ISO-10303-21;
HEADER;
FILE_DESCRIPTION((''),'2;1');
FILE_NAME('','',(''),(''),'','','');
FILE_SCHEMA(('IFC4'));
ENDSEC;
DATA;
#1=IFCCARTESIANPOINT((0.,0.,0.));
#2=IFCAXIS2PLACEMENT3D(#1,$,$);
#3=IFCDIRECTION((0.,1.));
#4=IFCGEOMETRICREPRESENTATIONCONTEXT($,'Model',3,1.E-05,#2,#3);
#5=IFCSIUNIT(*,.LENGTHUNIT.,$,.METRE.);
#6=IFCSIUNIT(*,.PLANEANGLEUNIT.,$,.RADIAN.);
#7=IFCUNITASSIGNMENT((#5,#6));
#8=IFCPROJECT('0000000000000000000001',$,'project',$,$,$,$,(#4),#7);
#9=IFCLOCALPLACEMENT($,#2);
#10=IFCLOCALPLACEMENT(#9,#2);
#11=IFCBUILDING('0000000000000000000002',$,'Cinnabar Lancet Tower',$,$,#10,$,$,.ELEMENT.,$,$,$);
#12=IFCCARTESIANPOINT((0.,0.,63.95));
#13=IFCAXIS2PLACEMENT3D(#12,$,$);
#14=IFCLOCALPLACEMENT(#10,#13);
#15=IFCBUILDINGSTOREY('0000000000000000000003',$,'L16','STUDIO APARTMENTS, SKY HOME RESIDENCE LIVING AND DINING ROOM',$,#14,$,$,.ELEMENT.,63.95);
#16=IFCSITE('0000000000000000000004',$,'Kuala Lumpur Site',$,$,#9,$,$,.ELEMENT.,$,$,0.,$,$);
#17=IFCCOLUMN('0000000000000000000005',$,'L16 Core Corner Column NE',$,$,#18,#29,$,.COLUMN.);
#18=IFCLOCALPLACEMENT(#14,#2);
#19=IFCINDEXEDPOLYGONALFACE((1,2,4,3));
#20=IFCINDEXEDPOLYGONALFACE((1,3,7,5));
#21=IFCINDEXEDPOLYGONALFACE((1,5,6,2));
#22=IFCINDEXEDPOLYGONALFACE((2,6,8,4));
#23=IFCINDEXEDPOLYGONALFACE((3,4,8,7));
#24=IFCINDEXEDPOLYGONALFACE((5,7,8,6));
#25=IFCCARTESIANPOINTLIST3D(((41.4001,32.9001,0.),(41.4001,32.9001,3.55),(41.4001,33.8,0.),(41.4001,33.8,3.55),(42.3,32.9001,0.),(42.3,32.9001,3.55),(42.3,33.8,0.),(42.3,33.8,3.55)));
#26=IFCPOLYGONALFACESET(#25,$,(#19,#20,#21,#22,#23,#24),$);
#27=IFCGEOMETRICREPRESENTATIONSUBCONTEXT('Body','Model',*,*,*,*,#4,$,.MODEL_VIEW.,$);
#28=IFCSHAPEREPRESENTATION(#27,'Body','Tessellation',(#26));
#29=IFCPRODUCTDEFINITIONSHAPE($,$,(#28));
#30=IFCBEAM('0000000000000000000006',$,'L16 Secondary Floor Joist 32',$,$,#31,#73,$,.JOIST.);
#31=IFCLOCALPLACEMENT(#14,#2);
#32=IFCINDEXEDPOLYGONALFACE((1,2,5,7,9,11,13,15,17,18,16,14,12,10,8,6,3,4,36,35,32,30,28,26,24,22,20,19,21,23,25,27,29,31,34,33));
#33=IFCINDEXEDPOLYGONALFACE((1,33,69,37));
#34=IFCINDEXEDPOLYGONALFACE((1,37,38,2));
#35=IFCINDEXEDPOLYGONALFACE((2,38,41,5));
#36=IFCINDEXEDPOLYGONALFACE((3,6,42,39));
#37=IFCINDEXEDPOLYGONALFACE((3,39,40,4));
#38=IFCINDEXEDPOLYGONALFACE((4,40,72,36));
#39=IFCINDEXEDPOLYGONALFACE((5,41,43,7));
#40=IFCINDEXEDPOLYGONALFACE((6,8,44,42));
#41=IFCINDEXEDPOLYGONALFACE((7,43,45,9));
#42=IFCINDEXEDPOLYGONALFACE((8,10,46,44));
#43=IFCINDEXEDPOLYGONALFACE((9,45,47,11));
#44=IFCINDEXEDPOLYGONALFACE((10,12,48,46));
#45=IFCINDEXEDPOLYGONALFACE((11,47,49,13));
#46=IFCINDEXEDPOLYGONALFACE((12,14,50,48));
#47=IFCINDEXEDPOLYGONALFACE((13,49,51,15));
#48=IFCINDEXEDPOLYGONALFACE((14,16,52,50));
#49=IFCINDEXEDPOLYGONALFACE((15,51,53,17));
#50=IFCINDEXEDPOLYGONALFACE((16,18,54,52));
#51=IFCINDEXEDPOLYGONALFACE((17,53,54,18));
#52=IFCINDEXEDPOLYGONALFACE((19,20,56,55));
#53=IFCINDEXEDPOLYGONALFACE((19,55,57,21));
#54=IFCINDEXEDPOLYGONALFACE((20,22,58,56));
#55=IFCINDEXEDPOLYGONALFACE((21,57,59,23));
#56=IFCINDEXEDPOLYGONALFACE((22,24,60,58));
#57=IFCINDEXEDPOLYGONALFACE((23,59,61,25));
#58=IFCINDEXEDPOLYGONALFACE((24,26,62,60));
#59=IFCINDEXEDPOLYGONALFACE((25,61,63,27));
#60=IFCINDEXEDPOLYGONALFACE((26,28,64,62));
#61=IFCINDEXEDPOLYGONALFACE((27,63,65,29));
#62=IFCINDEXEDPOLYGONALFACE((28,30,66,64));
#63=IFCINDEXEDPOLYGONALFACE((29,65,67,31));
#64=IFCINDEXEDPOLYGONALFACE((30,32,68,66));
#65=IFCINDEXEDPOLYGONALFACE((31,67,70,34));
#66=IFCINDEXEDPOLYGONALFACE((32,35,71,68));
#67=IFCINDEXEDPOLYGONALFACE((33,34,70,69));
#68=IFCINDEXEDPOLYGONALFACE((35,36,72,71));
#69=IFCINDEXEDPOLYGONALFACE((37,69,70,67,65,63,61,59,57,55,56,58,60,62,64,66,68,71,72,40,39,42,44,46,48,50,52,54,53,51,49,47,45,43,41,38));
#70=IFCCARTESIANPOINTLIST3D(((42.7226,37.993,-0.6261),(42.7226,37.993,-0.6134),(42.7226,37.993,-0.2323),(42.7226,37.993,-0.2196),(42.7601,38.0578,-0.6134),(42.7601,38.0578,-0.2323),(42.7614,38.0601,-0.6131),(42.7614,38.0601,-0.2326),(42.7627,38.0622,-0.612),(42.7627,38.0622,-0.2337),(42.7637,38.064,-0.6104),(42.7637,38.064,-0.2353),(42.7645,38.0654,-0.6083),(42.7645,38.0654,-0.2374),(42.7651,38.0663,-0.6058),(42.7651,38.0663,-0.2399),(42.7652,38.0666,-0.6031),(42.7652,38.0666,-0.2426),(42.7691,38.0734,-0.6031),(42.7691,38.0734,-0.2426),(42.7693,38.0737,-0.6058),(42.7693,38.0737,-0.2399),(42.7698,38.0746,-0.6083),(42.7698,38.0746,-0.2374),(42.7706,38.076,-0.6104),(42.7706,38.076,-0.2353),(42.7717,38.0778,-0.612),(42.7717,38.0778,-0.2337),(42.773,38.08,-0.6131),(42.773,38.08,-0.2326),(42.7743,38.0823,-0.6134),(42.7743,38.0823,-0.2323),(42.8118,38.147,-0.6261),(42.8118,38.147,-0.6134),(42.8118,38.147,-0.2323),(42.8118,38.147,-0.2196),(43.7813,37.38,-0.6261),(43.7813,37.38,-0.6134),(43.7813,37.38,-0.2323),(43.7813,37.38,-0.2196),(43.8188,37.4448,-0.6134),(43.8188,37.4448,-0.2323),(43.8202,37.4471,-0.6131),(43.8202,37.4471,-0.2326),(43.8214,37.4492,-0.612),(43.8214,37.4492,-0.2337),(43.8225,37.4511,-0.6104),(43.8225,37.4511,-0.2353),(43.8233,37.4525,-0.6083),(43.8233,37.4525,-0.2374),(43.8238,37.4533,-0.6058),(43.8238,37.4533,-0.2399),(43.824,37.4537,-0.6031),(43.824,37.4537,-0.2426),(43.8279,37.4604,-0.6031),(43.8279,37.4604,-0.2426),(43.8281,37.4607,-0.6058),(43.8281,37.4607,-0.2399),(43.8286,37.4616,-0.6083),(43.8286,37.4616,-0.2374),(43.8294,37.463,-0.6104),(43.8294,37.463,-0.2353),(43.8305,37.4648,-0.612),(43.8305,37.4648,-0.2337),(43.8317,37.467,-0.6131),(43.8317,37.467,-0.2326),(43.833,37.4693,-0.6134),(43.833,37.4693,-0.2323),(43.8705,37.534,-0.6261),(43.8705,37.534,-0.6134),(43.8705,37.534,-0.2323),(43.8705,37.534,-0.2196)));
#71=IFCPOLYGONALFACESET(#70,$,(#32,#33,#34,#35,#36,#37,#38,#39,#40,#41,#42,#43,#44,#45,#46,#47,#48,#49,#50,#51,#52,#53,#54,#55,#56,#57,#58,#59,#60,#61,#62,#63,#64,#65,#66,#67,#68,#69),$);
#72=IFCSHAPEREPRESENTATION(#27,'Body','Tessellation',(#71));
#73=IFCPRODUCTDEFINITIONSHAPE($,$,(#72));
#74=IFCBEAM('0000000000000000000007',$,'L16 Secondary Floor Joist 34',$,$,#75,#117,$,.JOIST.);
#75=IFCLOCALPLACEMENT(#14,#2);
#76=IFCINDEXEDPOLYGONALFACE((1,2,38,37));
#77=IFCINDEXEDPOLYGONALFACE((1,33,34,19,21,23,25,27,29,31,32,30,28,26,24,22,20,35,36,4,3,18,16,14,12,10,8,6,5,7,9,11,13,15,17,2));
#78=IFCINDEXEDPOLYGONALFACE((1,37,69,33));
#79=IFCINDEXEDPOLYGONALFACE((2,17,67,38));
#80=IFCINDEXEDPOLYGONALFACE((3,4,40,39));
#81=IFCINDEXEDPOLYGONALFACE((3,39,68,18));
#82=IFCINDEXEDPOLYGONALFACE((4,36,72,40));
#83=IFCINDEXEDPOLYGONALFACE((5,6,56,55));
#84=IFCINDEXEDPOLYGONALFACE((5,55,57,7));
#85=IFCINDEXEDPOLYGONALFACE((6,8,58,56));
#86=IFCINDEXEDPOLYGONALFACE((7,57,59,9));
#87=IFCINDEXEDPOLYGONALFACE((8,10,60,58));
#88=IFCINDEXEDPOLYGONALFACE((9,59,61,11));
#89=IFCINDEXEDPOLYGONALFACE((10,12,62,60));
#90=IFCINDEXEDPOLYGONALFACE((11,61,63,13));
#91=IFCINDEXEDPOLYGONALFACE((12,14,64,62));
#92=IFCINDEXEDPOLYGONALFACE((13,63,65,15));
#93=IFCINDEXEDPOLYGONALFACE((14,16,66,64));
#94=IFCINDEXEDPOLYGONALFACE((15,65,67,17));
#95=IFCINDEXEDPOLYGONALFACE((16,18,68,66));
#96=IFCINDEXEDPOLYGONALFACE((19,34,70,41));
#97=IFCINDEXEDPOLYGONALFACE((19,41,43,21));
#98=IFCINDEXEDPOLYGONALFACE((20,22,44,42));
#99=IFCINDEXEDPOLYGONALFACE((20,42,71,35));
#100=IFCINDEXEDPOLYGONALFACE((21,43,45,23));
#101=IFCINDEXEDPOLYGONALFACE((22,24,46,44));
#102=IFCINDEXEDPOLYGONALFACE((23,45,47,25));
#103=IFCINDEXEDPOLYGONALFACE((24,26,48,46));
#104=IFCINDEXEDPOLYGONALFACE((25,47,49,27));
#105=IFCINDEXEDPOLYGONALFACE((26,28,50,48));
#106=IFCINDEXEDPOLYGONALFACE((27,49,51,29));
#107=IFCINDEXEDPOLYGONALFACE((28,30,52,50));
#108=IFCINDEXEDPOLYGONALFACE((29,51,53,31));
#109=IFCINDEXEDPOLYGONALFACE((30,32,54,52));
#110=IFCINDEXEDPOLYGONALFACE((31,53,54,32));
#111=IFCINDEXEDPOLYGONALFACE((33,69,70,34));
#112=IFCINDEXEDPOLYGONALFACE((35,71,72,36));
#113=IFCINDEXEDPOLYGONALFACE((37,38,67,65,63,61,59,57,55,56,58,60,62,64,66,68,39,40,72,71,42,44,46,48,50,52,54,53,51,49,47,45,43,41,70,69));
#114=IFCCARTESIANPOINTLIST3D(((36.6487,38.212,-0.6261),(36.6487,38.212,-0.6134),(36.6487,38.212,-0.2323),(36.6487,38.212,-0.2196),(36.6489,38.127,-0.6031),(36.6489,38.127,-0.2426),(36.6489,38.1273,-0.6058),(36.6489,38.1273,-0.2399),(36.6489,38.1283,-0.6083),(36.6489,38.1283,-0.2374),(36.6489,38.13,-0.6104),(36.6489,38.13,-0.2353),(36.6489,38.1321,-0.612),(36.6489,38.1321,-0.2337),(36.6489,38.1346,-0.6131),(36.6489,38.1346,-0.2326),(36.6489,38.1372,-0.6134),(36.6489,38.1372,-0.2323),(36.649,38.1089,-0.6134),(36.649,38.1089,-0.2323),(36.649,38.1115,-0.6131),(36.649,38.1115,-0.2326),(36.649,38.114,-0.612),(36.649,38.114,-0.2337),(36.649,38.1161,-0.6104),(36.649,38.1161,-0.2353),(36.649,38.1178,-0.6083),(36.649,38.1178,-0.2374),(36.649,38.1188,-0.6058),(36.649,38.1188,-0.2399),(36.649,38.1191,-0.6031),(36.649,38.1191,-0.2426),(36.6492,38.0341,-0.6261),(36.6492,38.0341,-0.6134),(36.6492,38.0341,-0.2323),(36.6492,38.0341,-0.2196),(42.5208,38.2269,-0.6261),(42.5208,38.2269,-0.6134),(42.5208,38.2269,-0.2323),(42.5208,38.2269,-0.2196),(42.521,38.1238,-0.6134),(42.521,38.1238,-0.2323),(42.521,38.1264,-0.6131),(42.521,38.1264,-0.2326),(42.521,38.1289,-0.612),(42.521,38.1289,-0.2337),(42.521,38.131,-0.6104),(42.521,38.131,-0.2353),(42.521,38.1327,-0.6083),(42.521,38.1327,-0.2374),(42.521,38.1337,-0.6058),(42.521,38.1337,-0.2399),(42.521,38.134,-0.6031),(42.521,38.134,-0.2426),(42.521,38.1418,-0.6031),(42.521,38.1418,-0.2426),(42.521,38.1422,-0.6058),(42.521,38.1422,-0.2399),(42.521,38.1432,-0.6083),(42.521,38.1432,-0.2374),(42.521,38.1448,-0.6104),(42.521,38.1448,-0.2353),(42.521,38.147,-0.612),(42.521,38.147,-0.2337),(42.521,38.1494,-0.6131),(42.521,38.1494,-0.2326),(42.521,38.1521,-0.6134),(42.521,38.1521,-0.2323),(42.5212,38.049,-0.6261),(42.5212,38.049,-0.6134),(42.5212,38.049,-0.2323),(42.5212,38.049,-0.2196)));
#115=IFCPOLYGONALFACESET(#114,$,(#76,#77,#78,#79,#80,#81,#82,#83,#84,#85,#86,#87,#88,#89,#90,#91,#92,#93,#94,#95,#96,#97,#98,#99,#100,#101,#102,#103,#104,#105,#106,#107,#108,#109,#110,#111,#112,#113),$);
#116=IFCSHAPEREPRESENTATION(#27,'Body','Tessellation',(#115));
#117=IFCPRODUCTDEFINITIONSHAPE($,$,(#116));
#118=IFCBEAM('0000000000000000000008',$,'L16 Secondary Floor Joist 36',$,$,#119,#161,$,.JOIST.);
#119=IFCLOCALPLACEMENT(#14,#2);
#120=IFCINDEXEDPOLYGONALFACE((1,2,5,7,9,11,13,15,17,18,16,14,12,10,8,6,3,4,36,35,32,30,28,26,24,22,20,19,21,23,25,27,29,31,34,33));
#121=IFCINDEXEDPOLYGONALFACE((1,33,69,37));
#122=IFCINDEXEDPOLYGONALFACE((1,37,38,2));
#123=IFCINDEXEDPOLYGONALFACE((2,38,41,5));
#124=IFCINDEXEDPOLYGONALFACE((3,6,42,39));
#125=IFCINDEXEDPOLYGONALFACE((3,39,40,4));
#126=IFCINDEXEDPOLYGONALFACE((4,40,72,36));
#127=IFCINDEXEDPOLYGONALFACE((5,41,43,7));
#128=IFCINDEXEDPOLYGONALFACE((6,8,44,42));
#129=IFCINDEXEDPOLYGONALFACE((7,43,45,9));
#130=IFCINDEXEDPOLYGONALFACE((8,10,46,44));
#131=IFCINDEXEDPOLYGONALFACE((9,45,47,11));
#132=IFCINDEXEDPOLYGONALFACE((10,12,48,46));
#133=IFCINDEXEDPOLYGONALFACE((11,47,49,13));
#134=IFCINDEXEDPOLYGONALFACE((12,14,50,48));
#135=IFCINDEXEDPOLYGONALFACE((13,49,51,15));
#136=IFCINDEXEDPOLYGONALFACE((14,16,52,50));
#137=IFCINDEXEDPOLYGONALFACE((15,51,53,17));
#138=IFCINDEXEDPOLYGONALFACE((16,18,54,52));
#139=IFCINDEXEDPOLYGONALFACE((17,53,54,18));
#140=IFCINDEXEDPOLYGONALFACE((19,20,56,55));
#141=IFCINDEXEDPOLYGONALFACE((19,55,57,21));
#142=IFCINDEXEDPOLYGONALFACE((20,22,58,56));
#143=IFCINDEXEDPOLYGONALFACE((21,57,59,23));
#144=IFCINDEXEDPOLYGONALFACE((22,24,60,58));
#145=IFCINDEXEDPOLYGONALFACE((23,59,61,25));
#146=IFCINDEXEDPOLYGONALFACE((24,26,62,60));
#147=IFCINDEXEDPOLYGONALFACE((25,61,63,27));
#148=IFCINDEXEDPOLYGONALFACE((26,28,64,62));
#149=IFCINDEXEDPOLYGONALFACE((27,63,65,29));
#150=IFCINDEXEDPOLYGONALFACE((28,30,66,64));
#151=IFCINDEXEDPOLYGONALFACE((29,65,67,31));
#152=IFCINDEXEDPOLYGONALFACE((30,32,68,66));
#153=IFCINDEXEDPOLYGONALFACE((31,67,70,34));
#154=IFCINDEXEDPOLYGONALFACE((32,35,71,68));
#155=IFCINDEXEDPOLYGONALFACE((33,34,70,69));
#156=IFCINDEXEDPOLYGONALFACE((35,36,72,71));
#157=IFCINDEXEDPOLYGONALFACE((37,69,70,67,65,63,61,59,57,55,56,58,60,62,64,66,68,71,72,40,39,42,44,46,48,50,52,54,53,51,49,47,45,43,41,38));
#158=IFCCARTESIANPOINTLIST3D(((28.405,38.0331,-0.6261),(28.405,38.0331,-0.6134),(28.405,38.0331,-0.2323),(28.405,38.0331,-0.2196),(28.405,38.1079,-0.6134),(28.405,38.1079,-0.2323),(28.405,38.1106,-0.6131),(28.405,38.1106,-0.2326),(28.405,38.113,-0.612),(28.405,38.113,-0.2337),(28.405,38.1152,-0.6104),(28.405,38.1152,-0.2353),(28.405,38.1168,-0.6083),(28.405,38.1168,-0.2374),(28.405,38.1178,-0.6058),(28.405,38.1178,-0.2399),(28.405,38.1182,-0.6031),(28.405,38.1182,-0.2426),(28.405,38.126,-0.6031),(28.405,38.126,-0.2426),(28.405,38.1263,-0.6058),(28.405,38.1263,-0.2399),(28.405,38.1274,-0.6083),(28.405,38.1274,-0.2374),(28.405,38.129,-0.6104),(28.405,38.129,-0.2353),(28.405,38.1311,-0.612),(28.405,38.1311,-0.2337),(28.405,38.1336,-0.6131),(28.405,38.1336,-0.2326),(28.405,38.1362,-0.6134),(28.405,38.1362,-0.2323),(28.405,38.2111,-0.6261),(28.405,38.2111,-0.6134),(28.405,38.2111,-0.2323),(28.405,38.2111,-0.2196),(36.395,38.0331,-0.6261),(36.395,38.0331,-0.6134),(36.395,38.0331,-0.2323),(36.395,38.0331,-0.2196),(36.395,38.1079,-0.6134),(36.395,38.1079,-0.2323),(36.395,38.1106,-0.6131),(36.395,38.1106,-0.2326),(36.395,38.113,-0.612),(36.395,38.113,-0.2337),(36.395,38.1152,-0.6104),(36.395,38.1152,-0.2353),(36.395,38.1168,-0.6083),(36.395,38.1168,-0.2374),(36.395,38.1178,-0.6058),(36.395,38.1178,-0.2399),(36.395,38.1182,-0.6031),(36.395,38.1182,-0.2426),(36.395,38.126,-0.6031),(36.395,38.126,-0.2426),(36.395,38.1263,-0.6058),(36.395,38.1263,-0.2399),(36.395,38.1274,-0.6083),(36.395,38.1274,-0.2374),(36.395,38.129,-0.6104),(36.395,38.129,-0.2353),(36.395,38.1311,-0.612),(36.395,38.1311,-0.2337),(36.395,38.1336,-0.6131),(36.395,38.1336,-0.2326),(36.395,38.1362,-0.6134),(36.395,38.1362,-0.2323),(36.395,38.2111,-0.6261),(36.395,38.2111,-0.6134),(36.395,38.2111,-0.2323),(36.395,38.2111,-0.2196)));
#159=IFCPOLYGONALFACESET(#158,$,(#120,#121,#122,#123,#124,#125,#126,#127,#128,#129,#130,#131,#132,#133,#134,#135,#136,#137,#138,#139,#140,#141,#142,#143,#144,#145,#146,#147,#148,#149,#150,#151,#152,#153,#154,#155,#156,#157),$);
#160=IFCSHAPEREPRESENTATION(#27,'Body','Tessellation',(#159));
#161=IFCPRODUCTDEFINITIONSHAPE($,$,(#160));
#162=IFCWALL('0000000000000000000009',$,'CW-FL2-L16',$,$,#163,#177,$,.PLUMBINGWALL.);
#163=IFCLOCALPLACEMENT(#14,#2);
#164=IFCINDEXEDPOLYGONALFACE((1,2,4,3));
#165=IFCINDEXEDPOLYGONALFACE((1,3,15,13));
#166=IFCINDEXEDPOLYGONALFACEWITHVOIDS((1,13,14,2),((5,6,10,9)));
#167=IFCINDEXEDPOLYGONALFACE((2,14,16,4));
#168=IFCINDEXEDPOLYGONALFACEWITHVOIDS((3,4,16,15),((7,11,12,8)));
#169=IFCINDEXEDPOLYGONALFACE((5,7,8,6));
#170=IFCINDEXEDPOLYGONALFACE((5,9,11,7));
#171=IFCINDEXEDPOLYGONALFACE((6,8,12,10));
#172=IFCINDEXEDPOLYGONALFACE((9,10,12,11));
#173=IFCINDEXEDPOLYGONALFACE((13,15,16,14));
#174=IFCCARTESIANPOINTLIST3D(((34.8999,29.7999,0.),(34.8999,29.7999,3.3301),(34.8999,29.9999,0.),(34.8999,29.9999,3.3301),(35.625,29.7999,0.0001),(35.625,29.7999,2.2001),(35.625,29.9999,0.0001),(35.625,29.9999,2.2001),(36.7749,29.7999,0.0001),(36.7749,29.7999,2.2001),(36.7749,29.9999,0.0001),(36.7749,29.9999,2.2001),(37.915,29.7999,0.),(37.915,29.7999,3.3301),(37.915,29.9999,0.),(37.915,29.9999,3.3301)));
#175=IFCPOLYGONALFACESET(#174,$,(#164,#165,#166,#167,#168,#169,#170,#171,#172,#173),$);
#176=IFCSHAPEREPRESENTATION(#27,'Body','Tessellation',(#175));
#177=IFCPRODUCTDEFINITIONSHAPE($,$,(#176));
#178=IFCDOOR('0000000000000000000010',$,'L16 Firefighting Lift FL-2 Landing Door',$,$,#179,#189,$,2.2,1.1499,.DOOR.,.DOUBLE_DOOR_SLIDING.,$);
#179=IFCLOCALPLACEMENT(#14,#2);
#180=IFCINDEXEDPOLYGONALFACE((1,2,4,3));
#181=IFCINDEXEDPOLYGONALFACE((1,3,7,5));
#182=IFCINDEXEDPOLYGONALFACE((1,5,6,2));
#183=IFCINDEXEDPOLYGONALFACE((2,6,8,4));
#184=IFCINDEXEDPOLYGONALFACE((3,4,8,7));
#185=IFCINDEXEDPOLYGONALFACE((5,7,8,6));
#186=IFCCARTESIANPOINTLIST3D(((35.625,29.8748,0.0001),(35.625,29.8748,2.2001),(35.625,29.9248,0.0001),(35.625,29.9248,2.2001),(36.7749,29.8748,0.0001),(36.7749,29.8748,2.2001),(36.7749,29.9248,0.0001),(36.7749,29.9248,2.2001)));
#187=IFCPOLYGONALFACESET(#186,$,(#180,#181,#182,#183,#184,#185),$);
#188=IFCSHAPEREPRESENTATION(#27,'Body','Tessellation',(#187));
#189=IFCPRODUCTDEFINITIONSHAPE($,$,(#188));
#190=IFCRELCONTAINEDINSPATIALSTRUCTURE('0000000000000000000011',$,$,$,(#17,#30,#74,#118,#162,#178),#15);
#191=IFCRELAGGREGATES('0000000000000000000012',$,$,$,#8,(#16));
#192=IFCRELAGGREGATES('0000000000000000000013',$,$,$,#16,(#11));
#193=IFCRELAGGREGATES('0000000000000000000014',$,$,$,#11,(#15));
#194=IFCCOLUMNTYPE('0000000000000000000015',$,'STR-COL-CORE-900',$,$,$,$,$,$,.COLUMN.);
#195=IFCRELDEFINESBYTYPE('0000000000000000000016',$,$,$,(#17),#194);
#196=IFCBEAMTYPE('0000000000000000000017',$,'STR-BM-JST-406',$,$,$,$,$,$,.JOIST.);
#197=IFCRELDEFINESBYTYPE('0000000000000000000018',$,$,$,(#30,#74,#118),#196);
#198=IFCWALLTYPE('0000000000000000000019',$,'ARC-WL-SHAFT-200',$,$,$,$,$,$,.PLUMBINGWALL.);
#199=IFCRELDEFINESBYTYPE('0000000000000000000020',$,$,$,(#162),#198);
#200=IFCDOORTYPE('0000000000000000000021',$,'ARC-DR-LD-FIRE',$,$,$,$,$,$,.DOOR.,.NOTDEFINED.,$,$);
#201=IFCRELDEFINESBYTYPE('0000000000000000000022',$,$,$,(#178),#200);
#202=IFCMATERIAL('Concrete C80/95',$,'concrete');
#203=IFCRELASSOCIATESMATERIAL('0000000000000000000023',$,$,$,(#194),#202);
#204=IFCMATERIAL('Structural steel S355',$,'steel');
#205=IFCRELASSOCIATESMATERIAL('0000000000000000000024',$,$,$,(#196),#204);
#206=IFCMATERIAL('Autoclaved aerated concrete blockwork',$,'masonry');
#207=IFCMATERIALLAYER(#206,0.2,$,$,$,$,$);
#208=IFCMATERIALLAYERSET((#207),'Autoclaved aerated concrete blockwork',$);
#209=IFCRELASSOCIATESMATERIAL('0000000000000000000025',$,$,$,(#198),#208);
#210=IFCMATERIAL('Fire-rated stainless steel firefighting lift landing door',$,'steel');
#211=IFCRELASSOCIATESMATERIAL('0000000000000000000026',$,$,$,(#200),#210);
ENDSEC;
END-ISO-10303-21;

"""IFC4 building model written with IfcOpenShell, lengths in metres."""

from ifc_helpers import new_model, si_unit, direction, frame, frame_2d, origin, origin_2d, place, context, subcontext, project, spatial, rectangle, i_section, extrude, material, layer, layer_set, material_profile, profile_set, type_object, element, fill, save


model = new_model("IFC4")

# Units and contexts
model_context = context("Model", 3, precision=1e-05, world=origin(), true_north=direction((0.0, 1.0)))
body_context = subcontext(model_context, "Body", "Model", "MODEL_VIEW")
ifc_project = project(units=[si_unit("LENGTHUNIT", "METRE"), si_unit("PLANEANGLEUNIT", "RADIAN")], contexts=[model_context])

# Site, building, storey
site_placement = place(None, origin())
site = spatial("IfcSite", under=ifc_project, at=site_placement, Name="Kuala Lumpur Site", CompositionType="ELEMENT", RefElevation=0.0)
building_placement = place(site_placement, origin())
building = spatial("IfcBuilding", under=site, at=building_placement, Name="Cinnabar Lancet Tower", CompositionType="ELEMENT")
storey_placement = place(building_placement, frame((0.0, 0.0, 63.95)))
storey = spatial("IfcBuildingStorey", under=building, at=storey_placement, Name="L16", Description="STUDIO APARTMENTS, SKY HOME RESIDENCE LIVING AND DINING ROOM", CompositionType="ELEMENT", Elevation=63.95)

# Column
ifc_material_1 = material(Name="Concrete C80/95", Category="concrete")
ifc_material_profile_1 = material_profile(ifc_material_1, rectangle(XDim=0.8999, YDim=0.8999, at=origin_2d()), Name="RC-COL 900x900")
ifc_profile_set_1 = profile_set([ifc_material_profile_1], Name="Concrete C80/95")
column_type = type_object("IfcColumnType", Name="STR-COL-CORE-900", PredefinedType="COLUMN", material=ifc_profile_set_1)
column_placement = place(storey_placement, frame((41.8501, 33.3501, 0.0), z_axis=(0.0, 0.0, 1.0), x_axis=(1.0, 0.0, 0.0)))
element("IfcColumn", 1, at=column_placement, inside=storey, type_object=column_type, Name="L16 Core Corner Column NE", PredefinedType="COLUMN", context=body_context, shape_type="SweptSolid", body=[
    extrude(rectangle(XDim=0.8999, YDim=0.8999, at=origin_2d()), origin(), (0.0, 0.0, 1.0), 3.55),
])

# Beams
ifc_material_2 = material(Name="Structural steel S355", Category="steel")
ifc_material_profile_2 = material_profile(ifc_material_2, i_section(OverallWidth=0.178, OverallDepth=0.4065, WebThickness=0.0078, FlangeThickness=0.0127, FilletRadius=0.0103, at=origin_2d()), Name="UKB 406x178x60")
ifc_profile_set_2 = profile_set([ifc_material_profile_2], Name="Structural steel S355")
beam_type = type_object("IfcBeamType", Name="STR-BM-JST-406", PredefinedType="JOIST", material=ifc_profile_set_2)
beam_1_placement = place(storey_placement, frame((43.8259, 37.457, -0.4229), z_axis=(-0.865417, 0.501052, 0.0), x_axis=(-0.501052, -0.865417, 0.0)))
element("IfcBeam", 2, at=beam_1_placement, inside=storey, type_object=beam_type, Name="L16 Secondary Floor Joist 32", PredefinedType="JOIST", context=body_context, shape_type="SweptSolid", body=[
    extrude(i_section(OverallWidth=0.178, OverallDepth=0.4065, WebThickness=0.0078, FlangeThickness=0.0127, FilletRadius=0.0103, at=origin_2d()), origin(), (0.0, 0.0, 1.0), 1.2234),
])
beam_2_placement = place(storey_placement, frame((42.521, 38.1379, -0.4229), z_axis=(-0.999997, -0.002536, 0.0), x_axis=(0.002536, -0.999997, 0.0)))
element("IfcBeam", 3, at=beam_2_placement, inside=storey, type_object=beam_type, Name="L16 Secondary Floor Joist 34", PredefinedType="JOIST", context=body_context, shape_type="SweptSolid", body=[
    extrude(i_section(OverallWidth=0.178, OverallDepth=0.4065, WebThickness=0.0078, FlangeThickness=0.0127, FilletRadius=0.0103, at=origin_2d()), origin(), (0.0, 0.0, 1.0), 5.8721),
])
beam_3_placement = place(storey_placement, frame((36.395, 38.1221, -0.4229), z_axis=(-1.0, 0.0, 0.0), x_axis=(0.0, -1.0, 0.0)))
element("IfcBeam", 4, at=beam_3_placement, inside=storey, type_object=beam_type, Name="L16 Secondary Floor Joist 36", PredefinedType="JOIST", context=body_context, shape_type="SweptSolid", body=[
    extrude(i_section(OverallWidth=0.178, OverallDepth=0.4065, WebThickness=0.0078, FlangeThickness=0.0127, FilletRadius=0.0103, at=origin_2d()), origin(), (0.0, 0.0, 1.0), 7.99),
])

# Wall, opening, door
ifc_material_3 = material(Name="Autoclaved aerated concrete blockwork", Category="masonry")
ifc_layer_1 = layer(ifc_material_3, 0.2)
ifc_layer_set_1 = layer_set([ifc_layer_1], Name="Autoclaved aerated concrete blockwork")
wall_type_1 = type_object("IfcWallType", Name="ARC-WL-SHAFT-200", PredefinedType="PLUMBINGWALL", material=ifc_layer_set_1)
wall_1_placement = place(storey_placement, frame((34.8999, 29.8999, 0.0), z_axis=(0.0, 0.0, 1.0), x_axis=(1.0, 0.0, 0.0)))
wall_1 = element("IfcWall", 5, at=wall_1_placement, inside=storey, type_object=wall_type_1, Name="CW-FL2-L16", PredefinedType="PLUMBINGWALL", context=body_context, shape_type="SweptSolid", body=[
    extrude(rectangle(XDim=3.0151, YDim=0.2, at=frame_2d((1.5076, 0.0))), origin(), (0.0, 0.0, 1.0), 3.3301),
])
opening_1_placement = place(wall_1_placement, frame((0.7251, 0.0, 0.0)))
opening_1 = element("IfcOpeningElement", 6, at=opening_1_placement, cuts=wall_1, PredefinedType="OPENING", context=body_context, shape_type="SweptSolid", body=[
    extrude(rectangle(XDim=1.1499, YDim=2.2, at=frame_2d((0.575, 1.1001))), frame((0.0, 0.1099, 0.0), z_axis=(0.0, -1.0, 0.0), x_axis=(1.0, 0.0, 0.0)), (0.0, 0.0, 1.0), 0.22),
])
ifc_material_4 = material(Name="Fire-rated stainless steel firefighting lift landing door", Category="steel")
door_type_1 = type_object("IfcDoorType", Name="ARC-DR-LD-FIRE", OperationType="NOTDEFINED", PredefinedType="DOOR", material=ifc_material_4)
door_1_placement = place(opening_1_placement, origin())
door_1 = element("IfcDoor", 7, at=door_1_placement, inside=storey, type_object=door_type_1, Name="L16 Firefighting Lift FL-2 Landing Door", OperationType="DOUBLE_DOOR_SLIDING", OverallHeight=2.2, OverallWidth=1.1499, PredefinedType="DOOR", context=body_context, shape_type="SweptSolid", body=[
    extrude(rectangle(XDim=1.1499, YDim=2.2, at=frame_2d((0.575, 1.1001))), frame((0.0, 0.0249, 0.0), z_axis=(0.0, -1.0, 0.0), x_axis=(1.0, 0.0, 0.0)), (0.0, 0.0, 1.0), 0.05),
])
fill(opening_1, door_1)

save(model, "model.ifc")
